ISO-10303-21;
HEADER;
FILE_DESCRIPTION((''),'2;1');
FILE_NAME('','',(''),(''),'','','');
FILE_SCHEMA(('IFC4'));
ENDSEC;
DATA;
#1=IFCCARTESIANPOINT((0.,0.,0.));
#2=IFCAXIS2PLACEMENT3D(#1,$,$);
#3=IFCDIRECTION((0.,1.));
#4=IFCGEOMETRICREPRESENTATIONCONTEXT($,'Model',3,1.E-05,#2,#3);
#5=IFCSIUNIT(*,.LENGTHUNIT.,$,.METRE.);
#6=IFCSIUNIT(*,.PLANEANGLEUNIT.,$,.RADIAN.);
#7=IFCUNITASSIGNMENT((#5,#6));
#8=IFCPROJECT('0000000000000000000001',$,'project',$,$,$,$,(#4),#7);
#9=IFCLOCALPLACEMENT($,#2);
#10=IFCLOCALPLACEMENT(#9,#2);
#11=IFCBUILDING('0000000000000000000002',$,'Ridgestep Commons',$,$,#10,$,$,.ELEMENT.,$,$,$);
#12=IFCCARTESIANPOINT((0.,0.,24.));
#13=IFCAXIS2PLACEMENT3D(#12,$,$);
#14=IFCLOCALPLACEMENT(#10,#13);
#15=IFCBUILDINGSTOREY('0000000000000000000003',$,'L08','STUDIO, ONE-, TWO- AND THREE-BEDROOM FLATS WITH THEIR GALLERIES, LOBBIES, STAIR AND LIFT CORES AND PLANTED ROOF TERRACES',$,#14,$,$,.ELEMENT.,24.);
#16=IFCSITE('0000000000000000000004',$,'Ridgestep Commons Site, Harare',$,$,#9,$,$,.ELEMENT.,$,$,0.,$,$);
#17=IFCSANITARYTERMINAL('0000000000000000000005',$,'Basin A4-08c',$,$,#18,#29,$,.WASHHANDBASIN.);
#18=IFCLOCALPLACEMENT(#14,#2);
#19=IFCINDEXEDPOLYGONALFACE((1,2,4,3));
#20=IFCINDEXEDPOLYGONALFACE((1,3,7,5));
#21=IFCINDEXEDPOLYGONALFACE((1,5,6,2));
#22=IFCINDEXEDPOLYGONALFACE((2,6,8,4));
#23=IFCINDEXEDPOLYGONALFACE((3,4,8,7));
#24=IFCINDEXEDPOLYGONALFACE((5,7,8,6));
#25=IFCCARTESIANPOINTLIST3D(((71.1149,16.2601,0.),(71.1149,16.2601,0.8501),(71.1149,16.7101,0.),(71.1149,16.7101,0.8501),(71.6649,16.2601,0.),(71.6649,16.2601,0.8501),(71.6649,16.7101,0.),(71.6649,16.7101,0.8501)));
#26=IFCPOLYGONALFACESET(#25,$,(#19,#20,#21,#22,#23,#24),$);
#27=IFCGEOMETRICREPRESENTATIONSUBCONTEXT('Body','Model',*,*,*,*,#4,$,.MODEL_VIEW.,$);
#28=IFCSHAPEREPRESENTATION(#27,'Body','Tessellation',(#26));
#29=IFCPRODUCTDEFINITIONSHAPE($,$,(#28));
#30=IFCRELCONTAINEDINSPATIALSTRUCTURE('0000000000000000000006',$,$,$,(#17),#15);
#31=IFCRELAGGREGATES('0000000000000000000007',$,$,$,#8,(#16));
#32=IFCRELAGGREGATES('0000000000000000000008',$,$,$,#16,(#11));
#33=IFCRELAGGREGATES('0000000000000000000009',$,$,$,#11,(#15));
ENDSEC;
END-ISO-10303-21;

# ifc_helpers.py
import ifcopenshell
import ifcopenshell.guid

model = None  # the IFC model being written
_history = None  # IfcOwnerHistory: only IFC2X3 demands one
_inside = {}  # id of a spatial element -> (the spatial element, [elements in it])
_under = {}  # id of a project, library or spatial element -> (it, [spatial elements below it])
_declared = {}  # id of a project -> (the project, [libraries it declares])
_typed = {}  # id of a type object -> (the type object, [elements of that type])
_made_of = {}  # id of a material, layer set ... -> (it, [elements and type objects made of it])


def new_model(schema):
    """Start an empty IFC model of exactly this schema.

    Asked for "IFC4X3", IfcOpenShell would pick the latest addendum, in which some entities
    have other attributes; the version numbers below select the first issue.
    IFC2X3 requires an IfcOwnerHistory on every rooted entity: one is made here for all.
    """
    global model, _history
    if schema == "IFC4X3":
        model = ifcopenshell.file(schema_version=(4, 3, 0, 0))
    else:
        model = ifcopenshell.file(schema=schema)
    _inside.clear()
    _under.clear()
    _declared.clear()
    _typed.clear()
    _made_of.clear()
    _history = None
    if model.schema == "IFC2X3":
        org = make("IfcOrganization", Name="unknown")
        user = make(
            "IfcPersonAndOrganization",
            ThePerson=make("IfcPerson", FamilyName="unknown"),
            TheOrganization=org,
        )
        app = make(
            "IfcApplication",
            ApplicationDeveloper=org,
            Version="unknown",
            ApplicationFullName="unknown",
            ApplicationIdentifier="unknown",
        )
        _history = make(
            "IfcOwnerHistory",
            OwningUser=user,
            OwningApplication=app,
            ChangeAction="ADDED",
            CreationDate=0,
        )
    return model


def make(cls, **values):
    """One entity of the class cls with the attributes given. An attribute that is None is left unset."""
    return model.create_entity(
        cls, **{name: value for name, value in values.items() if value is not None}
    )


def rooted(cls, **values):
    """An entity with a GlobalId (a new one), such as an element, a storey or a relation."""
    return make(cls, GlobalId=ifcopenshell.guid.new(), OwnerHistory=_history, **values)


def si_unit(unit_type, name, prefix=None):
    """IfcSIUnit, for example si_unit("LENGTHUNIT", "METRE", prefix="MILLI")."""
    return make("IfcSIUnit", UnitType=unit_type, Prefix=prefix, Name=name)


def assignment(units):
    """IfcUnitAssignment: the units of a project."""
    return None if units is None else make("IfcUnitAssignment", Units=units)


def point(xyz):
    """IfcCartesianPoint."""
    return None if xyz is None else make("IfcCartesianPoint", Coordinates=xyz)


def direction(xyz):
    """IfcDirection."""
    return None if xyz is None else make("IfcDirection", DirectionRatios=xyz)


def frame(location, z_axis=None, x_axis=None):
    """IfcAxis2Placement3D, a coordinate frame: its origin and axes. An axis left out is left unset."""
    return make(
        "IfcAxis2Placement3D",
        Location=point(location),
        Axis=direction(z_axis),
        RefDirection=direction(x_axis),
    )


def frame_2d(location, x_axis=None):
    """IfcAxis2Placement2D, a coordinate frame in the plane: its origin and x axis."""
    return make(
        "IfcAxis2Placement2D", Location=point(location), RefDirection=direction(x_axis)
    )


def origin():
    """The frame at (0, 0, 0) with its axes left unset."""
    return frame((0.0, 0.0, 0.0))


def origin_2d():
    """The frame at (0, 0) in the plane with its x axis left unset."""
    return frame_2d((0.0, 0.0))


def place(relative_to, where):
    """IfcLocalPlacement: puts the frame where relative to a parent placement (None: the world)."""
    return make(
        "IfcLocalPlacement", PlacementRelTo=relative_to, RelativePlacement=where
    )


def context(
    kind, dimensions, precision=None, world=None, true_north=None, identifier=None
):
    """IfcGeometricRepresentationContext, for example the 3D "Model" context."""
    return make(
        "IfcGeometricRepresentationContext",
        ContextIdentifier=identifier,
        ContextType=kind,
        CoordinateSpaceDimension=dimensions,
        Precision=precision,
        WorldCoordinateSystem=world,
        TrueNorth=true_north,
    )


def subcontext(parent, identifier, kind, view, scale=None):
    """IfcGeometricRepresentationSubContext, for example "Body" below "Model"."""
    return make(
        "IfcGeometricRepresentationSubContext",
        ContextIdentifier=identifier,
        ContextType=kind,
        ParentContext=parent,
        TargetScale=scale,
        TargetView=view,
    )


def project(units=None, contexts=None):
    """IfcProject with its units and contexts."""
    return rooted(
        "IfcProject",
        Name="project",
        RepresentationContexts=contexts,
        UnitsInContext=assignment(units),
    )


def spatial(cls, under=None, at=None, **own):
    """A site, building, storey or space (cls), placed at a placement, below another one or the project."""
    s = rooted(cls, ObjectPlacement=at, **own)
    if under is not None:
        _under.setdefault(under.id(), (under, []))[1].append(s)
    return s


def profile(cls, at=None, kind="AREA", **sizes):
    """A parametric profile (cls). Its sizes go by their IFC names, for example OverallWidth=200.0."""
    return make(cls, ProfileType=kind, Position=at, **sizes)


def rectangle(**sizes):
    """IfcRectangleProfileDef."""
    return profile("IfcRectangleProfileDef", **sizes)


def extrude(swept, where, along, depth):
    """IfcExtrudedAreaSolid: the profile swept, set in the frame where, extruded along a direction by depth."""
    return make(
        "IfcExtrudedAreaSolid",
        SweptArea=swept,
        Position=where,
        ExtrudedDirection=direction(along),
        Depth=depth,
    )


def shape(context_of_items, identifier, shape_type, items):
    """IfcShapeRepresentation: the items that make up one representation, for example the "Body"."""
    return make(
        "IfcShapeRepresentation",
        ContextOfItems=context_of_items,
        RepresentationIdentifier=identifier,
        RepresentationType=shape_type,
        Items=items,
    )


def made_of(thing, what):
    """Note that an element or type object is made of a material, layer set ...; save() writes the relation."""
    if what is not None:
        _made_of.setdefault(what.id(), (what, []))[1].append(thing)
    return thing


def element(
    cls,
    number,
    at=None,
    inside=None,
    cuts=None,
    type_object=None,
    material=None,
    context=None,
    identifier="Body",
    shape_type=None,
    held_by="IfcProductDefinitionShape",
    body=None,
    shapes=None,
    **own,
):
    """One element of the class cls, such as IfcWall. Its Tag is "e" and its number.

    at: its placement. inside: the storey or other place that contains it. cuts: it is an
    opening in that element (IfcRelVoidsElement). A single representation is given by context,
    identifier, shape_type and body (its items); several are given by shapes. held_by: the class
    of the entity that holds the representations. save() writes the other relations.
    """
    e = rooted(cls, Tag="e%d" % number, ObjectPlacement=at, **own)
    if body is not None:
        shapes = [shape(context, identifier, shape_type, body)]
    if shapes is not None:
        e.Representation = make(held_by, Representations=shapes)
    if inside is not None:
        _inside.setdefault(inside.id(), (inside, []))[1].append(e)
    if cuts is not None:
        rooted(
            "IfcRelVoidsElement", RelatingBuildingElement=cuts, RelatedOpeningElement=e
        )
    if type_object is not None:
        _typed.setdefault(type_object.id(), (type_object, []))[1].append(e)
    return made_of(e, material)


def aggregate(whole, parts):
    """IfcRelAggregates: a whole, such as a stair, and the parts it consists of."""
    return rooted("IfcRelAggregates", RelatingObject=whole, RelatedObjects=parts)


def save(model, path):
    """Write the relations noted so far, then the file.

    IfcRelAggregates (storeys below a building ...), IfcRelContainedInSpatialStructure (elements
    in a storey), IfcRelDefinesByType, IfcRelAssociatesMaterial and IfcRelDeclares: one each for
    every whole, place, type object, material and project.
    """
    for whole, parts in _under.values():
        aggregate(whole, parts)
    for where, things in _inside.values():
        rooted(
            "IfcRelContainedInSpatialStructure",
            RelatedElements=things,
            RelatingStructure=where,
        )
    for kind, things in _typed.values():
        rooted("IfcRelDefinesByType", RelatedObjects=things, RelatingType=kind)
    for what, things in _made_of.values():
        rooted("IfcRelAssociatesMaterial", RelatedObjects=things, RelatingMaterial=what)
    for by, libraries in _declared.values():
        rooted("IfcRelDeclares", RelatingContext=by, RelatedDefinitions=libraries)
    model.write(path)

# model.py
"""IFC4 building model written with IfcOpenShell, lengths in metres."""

from ifc_helpers import new_model, si_unit, direction, frame, origin, origin_2d, place, context, subcontext, project, spatial, rectangle, extrude, element, save


model = new_model("IFC4")

# Units and contexts
model_context = context("Model", 3, precision=1e-05, world=origin(), true_north=direction((0.0, 1.0)))
body_context = subcontext(model_context, "Body", "Model", "MODEL_VIEW")
ifc_project = project(units=[si_unit("LENGTHUNIT", "METRE"), si_unit("PLANEANGLEUNIT", "RADIAN")], contexts=[model_context])

# Site, building, storey
site_placement = place(None, origin())
site = spatial("IfcSite", under=ifc_project, at=site_placement, Name="Ridgestep Commons Site, Harare", CompositionType="ELEMENT", RefElevation=0.0)
building_placement = place(site_placement, origin())
building = spatial("IfcBuilding", under=site, at=building_placement, Name="Ridgestep Commons", CompositionType="ELEMENT")
storey_placement = place(building_placement, frame((0.0, 0.0, 24.0)))
storey = spatial("IfcBuildingStorey", under=building, at=storey_placement, Name="L08", Description="STUDIO, ONE-, TWO- AND THREE-BEDROOM FLATS WITH THEIR GALLERIES, LOBBIES, STAIR AND LIFT CORES AND PLANTED ROOF TERRACES", CompositionType="ELEMENT", Elevation=24.0)

# Sanitary terminal
sanitary_terminal_1_placement = place(storey_placement, frame((71.3899, 16.4851, 0.0), z_axis=(0.0, 0.0, 1.0), x_axis=(1.0, 0.0, 0.0)))
element("IfcSanitaryTerminal", 1, at=sanitary_terminal_1_placement, inside=storey, Name="Basin A4-08c", PredefinedType="WASHHANDBASIN", context=body_context, shape_type="SweptSolid", body=[
    extrude(rectangle(XDim=0.55, YDim=0.45, at=origin_2d()), origin(), (0.0, 0.0, 1.0), 0.8501),
])

save(model, "model.ifc")
